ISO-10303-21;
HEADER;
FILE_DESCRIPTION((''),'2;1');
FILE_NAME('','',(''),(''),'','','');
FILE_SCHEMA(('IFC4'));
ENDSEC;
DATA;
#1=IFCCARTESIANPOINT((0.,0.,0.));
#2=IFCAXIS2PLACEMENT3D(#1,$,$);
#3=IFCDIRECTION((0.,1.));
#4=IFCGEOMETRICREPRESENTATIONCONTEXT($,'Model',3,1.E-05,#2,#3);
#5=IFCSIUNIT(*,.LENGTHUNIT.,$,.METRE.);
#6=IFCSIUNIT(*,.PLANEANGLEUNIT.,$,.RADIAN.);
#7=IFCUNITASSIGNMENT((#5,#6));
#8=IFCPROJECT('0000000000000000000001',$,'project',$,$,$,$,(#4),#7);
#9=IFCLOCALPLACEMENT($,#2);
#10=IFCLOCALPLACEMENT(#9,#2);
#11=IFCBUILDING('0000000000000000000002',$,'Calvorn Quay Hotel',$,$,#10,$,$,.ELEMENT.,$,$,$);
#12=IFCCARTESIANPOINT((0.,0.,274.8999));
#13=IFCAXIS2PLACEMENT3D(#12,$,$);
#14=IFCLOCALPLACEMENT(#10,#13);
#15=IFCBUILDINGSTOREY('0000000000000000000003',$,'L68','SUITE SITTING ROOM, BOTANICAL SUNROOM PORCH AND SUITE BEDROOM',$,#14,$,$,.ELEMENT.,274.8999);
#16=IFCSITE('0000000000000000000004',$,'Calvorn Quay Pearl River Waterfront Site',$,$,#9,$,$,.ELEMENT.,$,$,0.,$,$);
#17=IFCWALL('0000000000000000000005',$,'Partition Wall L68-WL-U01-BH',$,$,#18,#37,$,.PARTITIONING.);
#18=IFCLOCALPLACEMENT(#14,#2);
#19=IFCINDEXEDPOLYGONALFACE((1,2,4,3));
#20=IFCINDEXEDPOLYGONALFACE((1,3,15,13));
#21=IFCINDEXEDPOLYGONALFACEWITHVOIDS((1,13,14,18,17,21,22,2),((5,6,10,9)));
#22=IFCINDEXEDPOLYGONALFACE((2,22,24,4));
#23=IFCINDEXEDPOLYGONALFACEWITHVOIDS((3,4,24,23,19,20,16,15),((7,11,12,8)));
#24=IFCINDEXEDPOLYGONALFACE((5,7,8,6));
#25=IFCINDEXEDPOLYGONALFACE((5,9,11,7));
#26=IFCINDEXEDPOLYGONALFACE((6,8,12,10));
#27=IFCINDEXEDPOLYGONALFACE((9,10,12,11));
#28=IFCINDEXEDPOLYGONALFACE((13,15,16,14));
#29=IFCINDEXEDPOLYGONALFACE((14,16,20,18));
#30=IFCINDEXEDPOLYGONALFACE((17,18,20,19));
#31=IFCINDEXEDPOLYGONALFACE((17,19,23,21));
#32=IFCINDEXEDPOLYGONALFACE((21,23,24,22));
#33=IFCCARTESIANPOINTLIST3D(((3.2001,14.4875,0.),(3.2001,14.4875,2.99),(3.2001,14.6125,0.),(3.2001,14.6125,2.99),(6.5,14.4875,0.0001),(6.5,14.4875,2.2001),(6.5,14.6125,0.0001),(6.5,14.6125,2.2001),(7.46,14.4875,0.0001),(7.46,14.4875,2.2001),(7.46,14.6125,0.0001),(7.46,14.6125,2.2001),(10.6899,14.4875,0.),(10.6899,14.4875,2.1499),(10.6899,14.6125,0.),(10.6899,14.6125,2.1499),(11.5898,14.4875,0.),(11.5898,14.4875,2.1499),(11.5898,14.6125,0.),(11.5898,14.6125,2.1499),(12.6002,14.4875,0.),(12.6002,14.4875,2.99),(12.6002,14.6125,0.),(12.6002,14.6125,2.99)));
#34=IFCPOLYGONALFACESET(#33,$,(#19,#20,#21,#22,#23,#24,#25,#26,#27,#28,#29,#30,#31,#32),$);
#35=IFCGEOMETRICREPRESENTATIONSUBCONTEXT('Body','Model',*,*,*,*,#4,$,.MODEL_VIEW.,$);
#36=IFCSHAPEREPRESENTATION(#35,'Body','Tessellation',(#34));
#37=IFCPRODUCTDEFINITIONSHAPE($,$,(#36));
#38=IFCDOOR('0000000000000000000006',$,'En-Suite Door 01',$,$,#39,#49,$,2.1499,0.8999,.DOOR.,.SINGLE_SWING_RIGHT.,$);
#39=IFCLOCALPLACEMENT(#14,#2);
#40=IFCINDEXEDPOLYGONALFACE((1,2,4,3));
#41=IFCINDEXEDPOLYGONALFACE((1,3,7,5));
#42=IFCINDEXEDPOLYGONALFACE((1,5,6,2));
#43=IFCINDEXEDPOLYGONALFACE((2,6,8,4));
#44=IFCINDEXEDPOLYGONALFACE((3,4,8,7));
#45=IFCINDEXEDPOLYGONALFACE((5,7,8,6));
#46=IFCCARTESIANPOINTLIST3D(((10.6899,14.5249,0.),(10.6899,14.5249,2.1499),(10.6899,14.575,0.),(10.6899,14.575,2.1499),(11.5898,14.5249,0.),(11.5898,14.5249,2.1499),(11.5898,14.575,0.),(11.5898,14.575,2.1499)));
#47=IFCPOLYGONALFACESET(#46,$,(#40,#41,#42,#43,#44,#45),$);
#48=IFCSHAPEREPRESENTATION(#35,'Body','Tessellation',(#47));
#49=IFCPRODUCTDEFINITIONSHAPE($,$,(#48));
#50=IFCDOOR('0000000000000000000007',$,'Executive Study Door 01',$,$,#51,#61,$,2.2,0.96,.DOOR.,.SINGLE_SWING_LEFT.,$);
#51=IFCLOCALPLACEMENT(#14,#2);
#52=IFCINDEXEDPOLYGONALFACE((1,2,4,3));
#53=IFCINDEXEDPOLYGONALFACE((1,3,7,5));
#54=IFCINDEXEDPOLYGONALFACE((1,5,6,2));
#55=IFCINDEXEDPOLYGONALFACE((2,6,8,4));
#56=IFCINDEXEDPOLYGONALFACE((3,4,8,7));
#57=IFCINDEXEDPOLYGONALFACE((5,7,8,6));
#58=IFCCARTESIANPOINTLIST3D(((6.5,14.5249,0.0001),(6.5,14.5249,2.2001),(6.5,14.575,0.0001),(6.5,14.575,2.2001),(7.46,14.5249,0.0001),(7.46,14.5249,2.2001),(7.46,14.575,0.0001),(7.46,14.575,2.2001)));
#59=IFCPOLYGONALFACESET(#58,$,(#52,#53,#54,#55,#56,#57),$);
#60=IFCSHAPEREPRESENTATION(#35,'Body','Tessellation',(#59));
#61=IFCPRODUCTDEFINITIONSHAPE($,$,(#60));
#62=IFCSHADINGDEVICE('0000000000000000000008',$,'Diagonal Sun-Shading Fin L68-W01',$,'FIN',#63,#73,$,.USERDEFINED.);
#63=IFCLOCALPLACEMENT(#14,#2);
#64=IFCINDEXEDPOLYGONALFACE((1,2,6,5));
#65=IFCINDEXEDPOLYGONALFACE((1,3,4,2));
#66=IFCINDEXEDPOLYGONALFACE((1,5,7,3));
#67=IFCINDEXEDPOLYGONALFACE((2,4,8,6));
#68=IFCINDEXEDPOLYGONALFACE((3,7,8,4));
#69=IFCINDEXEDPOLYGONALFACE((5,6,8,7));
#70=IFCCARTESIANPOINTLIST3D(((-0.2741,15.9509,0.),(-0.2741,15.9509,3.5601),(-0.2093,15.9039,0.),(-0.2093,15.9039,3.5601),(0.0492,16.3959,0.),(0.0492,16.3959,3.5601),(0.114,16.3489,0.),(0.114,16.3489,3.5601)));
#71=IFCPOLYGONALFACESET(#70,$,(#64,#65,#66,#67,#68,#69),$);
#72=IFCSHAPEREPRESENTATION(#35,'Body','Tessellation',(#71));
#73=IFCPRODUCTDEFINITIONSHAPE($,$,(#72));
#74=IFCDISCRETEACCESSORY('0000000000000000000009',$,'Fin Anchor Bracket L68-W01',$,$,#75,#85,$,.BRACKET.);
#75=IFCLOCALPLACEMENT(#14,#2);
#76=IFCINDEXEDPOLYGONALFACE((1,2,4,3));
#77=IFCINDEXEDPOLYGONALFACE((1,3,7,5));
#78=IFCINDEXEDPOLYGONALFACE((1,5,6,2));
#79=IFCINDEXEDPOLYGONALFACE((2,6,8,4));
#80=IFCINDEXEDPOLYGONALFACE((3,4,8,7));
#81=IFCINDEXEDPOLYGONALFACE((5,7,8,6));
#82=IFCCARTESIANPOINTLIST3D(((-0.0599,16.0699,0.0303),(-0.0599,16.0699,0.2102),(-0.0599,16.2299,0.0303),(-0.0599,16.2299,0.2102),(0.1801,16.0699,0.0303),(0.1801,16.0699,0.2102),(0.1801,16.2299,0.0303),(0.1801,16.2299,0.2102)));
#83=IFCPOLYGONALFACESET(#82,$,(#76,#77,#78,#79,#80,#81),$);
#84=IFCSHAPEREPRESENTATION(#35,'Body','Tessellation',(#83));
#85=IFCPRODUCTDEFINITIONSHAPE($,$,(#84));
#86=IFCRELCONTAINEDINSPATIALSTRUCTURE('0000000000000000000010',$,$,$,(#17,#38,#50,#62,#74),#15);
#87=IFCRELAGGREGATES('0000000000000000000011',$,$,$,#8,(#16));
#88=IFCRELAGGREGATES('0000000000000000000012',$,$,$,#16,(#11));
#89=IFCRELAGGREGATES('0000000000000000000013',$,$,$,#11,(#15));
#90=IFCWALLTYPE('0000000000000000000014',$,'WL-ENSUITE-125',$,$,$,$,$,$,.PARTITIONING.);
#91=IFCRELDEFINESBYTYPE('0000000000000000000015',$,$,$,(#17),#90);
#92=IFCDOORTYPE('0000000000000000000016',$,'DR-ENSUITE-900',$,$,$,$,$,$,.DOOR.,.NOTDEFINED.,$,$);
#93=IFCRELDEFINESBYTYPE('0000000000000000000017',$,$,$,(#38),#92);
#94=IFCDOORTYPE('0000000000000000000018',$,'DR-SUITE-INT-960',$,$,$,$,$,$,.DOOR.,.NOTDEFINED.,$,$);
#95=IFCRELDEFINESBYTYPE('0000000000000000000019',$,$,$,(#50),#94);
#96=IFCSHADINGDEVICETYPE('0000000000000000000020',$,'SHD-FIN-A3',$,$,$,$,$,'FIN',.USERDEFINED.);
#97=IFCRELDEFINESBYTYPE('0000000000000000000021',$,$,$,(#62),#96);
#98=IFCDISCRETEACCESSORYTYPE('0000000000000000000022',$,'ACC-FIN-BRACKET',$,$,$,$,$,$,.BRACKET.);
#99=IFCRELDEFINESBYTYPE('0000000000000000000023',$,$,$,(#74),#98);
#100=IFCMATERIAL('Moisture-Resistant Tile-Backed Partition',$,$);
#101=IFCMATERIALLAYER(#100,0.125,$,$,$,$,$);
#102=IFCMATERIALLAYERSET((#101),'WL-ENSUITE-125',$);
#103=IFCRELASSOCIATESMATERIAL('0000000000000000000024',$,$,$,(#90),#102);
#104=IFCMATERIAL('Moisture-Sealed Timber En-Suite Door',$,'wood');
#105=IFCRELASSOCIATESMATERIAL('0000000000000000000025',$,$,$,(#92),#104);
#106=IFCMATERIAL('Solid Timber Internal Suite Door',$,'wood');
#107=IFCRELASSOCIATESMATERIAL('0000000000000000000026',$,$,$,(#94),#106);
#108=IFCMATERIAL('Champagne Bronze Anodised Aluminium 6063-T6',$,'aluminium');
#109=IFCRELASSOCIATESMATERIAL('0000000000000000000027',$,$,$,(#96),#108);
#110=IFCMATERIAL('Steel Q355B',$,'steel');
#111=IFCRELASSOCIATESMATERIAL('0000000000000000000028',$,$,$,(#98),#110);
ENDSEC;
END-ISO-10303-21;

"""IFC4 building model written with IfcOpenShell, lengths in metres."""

from ifc_helpers import new_model, si_unit, direction, frame, frame_2d, origin, origin_2d, place, context, subcontext, project, spatial, rectangle, extrude, material, layer, layer_set, type_object, element, fill, save


model = new_model("IFC4")

# Units and contexts
model_context = context("Model", 3, precision=1e-05, world=origin(), true_north=direction((0.0, 1.0)))
body_context = subcontext(model_context, "Body", "Model", "MODEL_VIEW")
ifc_project = project(units=[si_unit("LENGTHUNIT", "METRE"), si_unit("PLANEANGLEUNIT", "RADIAN")], contexts=[model_context])

# Site, building, storey
site_placement = place(None, origin())
site = spatial("IfcSite", under=ifc_project, at=site_placement, Name="Calvorn Quay Pearl River Waterfront Site", CompositionType="ELEMENT", RefElevation=0.0)
building_placement = place(site_placement, origin())
building = spatial("IfcBuilding", under=site, at=building_placement, Name="Calvorn Quay Hotel", CompositionType="ELEMENT")
storey_placement = place(building_placement, frame((0.0, 0.0, 274.8999)))
storey = spatial("IfcBuildingStorey", under=building, at=storey_placement, Name="L68", Description="SUITE SITTING ROOM, BOTANICAL SUNROOM PORCH AND SUITE BEDROOM", CompositionType="ELEMENT", Elevation=274.8999)

# Wall, openings, doors
ifc_material_1 = material(Name="Moisture-Resistant Tile-Backed Partition")
ifc_layer_1 = layer(ifc_material_1, 0.125)
ifc_layer_set_1 = layer_set([ifc_layer_1], Name="WL-ENSUITE-125")
wall_type_1 = type_object("IfcWallType", Name="WL-ENSUITE-125", PredefinedType="PARTITIONING", material=ifc_layer_set_1)
wall_1_placement = place(storey_placement, frame((3.2, 14.55, 0.0), z_axis=(0.0, 0.0, 1.0), x_axis=(1.0, 0.0, 0.0)))
wall_1 = element("IfcWall", 1, at=wall_1_placement, inside=storey, type_object=wall_type_1, Name="Partition Wall L68-WL-U01-BH", PredefinedType="PARTITIONING", context=body_context, shape_type="SweptSolid", body=[
    extrude(rectangle(XDim=9.4001, YDim=0.125, at=frame_2d((4.7002, 0.0))), origin(), (0.0, 0.0, 1.0), 2.99),
])
opening_1_placement = place(wall_1_placement, frame((3.3, 0.0, 0.0)))
opening_1 = element("IfcOpeningElement", 2, at=opening_1_placement, cuts=wall_1, PredefinedType="OPENING", context=body_context, shape_type="SweptSolid", body=[
    extrude(rectangle(XDim=0.96, YDim=2.2, at=frame_2d((0.48, 1.1001))), frame((0.0, 0.0725, 0.0), z_axis=(0.0, -1.0, 0.0), x_axis=(1.0, 0.0, 0.0)), (0.0, 0.0, 1.0), 0.145),
])
opening_2_placement = place(wall_1_placement, frame((7.49, 0.0, 0.0)))
opening_2 = element("IfcOpeningElement", 3, at=opening_2_placement, cuts=wall_1, PredefinedType="OPENING", context=body_context, shape_type="SweptSolid", body=[
    extrude(rectangle(XDim=0.8999, YDim=2.1499, at=frame_2d((0.45, 1.075))), frame((0.0, 0.0725, 0.0), z_axis=(0.0, -1.0, 0.0), x_axis=(1.0, 0.0, 0.0)), (0.0, 0.0, 1.0), 0.145),
])
ifc_material_2 = material(Name="Moisture-Sealed Timber En-Suite Door", Category="wood")
door_type_1 = type_object("IfcDoorType", Name="DR-ENSUITE-900", OperationType="NOTDEFINED", PredefinedType="DOOR", material=ifc_material_2)
door_1_placement = place(opening_2_placement, origin())
door_1 = element("IfcDoor", 4, at=door_1_placement, inside=storey, type_object=door_type_1, Name="En-Suite Door 01", OperationType="SINGLE_SWING_RIGHT", OverallHeight=2.1499, OverallWidth=0.8999, PredefinedType="DOOR", context=body_context, shape_type="SweptSolid", body=[
    extrude(rectangle(XDim=0.8999, YDim=2.1499, at=frame_2d((0.45, 1.075))), frame((0.0, 0.0249, 0.0), z_axis=(0.0, -1.0, 0.0), x_axis=(1.0, 0.0, 0.0)), (0.0, 0.0, 1.0), 0.05),
])
fill(opening_2, door_1)
ifc_material_3 = material(Name="Solid Timber Internal Suite Door", Category="wood")
door_type_2 = type_object("IfcDoorType", Name="DR-SUITE-INT-960", OperationType="NOTDEFINED", PredefinedType="DOOR", material=ifc_material_3)
door_2_placement = place(opening_1_placement, origin())
door_2 = element("IfcDoor", 5, at=door_2_placement, inside=storey, type_object=door_type_2, Name="Executive Study Door 01", OperationType="SINGLE_SWING_LEFT", OverallHeight=2.2, OverallWidth=0.96, PredefinedType="DOOR", context=body_context, shape_type="SweptSolid", body=[
    extrude(rectangle(XDim=0.96, YDim=2.2, at=frame_2d((0.48, 1.1001))), frame((0.0, 0.0249, 0.0), z_axis=(0.0, -1.0, 0.0), x_axis=(1.0, 0.0, 0.0)), (0.0, 0.0, 1.0), 0.05),
])
fill(opening_1, door_2)

# Shading device
ifc_material_4 = material(Name="Champagne Bronze Anodised Aluminium 6063-T6", Category="aluminium")
shading_device_type = type_object("IfcShadingDeviceType", Name="SHD-FIN-A3", ElementType="FIN", PredefinedType="USERDEFINED", material=ifc_material_4)
shading_device_placement = place(storey_placement, frame((-0.0801, 16.1499, 0.0), z_axis=(0.0, 0.0, 1.0), x_axis=(0.587785, 0.809017, 0.0)))
element("IfcShadingDevice", 6, at=shading_device_placement, inside=storey, type_object=shading_device_type, Name="Diagonal Sun-Shading Fin L68-W01", ObjectType="FIN", PredefinedType="USERDEFINED", context=body_context, shape_type="SweptSolid", body=[
    extrude(rectangle(XDim=0.55, YDim=0.0801, at=origin_2d()), origin(), (0.0, 0.0, 1.0), 3.5601),
])

# Discrete accessory
ifc_material_5 = material(Name="Steel Q355B", Category="steel")
discrete_accessory_type = type_object("IfcDiscreteAccessoryType", Name="ACC-FIN-BRACKET", PredefinedType="BRACKET", material=ifc_material_5)
discrete_accessory_placement = place(storey_placement, frame((0.0601, 16.1499, 0.0303), z_axis=(0.0, 0.0, 1.0), x_axis=(1.0, 0.0, 0.0)))
element("IfcDiscreteAccessory", 7, at=discrete_accessory_placement, inside=storey, type_object=discrete_accessory_type, Name="Fin Anchor Bracket L68-W01", PredefinedType="BRACKET", context=body_context, shape_type="SweptSolid", body=[
    extrude(rectangle(XDim=0.24, YDim=0.1599, at=origin_2d()), origin(), (0.0, 0.0, 1.0), 0.1799),
])

save(model, "model.ifc")
